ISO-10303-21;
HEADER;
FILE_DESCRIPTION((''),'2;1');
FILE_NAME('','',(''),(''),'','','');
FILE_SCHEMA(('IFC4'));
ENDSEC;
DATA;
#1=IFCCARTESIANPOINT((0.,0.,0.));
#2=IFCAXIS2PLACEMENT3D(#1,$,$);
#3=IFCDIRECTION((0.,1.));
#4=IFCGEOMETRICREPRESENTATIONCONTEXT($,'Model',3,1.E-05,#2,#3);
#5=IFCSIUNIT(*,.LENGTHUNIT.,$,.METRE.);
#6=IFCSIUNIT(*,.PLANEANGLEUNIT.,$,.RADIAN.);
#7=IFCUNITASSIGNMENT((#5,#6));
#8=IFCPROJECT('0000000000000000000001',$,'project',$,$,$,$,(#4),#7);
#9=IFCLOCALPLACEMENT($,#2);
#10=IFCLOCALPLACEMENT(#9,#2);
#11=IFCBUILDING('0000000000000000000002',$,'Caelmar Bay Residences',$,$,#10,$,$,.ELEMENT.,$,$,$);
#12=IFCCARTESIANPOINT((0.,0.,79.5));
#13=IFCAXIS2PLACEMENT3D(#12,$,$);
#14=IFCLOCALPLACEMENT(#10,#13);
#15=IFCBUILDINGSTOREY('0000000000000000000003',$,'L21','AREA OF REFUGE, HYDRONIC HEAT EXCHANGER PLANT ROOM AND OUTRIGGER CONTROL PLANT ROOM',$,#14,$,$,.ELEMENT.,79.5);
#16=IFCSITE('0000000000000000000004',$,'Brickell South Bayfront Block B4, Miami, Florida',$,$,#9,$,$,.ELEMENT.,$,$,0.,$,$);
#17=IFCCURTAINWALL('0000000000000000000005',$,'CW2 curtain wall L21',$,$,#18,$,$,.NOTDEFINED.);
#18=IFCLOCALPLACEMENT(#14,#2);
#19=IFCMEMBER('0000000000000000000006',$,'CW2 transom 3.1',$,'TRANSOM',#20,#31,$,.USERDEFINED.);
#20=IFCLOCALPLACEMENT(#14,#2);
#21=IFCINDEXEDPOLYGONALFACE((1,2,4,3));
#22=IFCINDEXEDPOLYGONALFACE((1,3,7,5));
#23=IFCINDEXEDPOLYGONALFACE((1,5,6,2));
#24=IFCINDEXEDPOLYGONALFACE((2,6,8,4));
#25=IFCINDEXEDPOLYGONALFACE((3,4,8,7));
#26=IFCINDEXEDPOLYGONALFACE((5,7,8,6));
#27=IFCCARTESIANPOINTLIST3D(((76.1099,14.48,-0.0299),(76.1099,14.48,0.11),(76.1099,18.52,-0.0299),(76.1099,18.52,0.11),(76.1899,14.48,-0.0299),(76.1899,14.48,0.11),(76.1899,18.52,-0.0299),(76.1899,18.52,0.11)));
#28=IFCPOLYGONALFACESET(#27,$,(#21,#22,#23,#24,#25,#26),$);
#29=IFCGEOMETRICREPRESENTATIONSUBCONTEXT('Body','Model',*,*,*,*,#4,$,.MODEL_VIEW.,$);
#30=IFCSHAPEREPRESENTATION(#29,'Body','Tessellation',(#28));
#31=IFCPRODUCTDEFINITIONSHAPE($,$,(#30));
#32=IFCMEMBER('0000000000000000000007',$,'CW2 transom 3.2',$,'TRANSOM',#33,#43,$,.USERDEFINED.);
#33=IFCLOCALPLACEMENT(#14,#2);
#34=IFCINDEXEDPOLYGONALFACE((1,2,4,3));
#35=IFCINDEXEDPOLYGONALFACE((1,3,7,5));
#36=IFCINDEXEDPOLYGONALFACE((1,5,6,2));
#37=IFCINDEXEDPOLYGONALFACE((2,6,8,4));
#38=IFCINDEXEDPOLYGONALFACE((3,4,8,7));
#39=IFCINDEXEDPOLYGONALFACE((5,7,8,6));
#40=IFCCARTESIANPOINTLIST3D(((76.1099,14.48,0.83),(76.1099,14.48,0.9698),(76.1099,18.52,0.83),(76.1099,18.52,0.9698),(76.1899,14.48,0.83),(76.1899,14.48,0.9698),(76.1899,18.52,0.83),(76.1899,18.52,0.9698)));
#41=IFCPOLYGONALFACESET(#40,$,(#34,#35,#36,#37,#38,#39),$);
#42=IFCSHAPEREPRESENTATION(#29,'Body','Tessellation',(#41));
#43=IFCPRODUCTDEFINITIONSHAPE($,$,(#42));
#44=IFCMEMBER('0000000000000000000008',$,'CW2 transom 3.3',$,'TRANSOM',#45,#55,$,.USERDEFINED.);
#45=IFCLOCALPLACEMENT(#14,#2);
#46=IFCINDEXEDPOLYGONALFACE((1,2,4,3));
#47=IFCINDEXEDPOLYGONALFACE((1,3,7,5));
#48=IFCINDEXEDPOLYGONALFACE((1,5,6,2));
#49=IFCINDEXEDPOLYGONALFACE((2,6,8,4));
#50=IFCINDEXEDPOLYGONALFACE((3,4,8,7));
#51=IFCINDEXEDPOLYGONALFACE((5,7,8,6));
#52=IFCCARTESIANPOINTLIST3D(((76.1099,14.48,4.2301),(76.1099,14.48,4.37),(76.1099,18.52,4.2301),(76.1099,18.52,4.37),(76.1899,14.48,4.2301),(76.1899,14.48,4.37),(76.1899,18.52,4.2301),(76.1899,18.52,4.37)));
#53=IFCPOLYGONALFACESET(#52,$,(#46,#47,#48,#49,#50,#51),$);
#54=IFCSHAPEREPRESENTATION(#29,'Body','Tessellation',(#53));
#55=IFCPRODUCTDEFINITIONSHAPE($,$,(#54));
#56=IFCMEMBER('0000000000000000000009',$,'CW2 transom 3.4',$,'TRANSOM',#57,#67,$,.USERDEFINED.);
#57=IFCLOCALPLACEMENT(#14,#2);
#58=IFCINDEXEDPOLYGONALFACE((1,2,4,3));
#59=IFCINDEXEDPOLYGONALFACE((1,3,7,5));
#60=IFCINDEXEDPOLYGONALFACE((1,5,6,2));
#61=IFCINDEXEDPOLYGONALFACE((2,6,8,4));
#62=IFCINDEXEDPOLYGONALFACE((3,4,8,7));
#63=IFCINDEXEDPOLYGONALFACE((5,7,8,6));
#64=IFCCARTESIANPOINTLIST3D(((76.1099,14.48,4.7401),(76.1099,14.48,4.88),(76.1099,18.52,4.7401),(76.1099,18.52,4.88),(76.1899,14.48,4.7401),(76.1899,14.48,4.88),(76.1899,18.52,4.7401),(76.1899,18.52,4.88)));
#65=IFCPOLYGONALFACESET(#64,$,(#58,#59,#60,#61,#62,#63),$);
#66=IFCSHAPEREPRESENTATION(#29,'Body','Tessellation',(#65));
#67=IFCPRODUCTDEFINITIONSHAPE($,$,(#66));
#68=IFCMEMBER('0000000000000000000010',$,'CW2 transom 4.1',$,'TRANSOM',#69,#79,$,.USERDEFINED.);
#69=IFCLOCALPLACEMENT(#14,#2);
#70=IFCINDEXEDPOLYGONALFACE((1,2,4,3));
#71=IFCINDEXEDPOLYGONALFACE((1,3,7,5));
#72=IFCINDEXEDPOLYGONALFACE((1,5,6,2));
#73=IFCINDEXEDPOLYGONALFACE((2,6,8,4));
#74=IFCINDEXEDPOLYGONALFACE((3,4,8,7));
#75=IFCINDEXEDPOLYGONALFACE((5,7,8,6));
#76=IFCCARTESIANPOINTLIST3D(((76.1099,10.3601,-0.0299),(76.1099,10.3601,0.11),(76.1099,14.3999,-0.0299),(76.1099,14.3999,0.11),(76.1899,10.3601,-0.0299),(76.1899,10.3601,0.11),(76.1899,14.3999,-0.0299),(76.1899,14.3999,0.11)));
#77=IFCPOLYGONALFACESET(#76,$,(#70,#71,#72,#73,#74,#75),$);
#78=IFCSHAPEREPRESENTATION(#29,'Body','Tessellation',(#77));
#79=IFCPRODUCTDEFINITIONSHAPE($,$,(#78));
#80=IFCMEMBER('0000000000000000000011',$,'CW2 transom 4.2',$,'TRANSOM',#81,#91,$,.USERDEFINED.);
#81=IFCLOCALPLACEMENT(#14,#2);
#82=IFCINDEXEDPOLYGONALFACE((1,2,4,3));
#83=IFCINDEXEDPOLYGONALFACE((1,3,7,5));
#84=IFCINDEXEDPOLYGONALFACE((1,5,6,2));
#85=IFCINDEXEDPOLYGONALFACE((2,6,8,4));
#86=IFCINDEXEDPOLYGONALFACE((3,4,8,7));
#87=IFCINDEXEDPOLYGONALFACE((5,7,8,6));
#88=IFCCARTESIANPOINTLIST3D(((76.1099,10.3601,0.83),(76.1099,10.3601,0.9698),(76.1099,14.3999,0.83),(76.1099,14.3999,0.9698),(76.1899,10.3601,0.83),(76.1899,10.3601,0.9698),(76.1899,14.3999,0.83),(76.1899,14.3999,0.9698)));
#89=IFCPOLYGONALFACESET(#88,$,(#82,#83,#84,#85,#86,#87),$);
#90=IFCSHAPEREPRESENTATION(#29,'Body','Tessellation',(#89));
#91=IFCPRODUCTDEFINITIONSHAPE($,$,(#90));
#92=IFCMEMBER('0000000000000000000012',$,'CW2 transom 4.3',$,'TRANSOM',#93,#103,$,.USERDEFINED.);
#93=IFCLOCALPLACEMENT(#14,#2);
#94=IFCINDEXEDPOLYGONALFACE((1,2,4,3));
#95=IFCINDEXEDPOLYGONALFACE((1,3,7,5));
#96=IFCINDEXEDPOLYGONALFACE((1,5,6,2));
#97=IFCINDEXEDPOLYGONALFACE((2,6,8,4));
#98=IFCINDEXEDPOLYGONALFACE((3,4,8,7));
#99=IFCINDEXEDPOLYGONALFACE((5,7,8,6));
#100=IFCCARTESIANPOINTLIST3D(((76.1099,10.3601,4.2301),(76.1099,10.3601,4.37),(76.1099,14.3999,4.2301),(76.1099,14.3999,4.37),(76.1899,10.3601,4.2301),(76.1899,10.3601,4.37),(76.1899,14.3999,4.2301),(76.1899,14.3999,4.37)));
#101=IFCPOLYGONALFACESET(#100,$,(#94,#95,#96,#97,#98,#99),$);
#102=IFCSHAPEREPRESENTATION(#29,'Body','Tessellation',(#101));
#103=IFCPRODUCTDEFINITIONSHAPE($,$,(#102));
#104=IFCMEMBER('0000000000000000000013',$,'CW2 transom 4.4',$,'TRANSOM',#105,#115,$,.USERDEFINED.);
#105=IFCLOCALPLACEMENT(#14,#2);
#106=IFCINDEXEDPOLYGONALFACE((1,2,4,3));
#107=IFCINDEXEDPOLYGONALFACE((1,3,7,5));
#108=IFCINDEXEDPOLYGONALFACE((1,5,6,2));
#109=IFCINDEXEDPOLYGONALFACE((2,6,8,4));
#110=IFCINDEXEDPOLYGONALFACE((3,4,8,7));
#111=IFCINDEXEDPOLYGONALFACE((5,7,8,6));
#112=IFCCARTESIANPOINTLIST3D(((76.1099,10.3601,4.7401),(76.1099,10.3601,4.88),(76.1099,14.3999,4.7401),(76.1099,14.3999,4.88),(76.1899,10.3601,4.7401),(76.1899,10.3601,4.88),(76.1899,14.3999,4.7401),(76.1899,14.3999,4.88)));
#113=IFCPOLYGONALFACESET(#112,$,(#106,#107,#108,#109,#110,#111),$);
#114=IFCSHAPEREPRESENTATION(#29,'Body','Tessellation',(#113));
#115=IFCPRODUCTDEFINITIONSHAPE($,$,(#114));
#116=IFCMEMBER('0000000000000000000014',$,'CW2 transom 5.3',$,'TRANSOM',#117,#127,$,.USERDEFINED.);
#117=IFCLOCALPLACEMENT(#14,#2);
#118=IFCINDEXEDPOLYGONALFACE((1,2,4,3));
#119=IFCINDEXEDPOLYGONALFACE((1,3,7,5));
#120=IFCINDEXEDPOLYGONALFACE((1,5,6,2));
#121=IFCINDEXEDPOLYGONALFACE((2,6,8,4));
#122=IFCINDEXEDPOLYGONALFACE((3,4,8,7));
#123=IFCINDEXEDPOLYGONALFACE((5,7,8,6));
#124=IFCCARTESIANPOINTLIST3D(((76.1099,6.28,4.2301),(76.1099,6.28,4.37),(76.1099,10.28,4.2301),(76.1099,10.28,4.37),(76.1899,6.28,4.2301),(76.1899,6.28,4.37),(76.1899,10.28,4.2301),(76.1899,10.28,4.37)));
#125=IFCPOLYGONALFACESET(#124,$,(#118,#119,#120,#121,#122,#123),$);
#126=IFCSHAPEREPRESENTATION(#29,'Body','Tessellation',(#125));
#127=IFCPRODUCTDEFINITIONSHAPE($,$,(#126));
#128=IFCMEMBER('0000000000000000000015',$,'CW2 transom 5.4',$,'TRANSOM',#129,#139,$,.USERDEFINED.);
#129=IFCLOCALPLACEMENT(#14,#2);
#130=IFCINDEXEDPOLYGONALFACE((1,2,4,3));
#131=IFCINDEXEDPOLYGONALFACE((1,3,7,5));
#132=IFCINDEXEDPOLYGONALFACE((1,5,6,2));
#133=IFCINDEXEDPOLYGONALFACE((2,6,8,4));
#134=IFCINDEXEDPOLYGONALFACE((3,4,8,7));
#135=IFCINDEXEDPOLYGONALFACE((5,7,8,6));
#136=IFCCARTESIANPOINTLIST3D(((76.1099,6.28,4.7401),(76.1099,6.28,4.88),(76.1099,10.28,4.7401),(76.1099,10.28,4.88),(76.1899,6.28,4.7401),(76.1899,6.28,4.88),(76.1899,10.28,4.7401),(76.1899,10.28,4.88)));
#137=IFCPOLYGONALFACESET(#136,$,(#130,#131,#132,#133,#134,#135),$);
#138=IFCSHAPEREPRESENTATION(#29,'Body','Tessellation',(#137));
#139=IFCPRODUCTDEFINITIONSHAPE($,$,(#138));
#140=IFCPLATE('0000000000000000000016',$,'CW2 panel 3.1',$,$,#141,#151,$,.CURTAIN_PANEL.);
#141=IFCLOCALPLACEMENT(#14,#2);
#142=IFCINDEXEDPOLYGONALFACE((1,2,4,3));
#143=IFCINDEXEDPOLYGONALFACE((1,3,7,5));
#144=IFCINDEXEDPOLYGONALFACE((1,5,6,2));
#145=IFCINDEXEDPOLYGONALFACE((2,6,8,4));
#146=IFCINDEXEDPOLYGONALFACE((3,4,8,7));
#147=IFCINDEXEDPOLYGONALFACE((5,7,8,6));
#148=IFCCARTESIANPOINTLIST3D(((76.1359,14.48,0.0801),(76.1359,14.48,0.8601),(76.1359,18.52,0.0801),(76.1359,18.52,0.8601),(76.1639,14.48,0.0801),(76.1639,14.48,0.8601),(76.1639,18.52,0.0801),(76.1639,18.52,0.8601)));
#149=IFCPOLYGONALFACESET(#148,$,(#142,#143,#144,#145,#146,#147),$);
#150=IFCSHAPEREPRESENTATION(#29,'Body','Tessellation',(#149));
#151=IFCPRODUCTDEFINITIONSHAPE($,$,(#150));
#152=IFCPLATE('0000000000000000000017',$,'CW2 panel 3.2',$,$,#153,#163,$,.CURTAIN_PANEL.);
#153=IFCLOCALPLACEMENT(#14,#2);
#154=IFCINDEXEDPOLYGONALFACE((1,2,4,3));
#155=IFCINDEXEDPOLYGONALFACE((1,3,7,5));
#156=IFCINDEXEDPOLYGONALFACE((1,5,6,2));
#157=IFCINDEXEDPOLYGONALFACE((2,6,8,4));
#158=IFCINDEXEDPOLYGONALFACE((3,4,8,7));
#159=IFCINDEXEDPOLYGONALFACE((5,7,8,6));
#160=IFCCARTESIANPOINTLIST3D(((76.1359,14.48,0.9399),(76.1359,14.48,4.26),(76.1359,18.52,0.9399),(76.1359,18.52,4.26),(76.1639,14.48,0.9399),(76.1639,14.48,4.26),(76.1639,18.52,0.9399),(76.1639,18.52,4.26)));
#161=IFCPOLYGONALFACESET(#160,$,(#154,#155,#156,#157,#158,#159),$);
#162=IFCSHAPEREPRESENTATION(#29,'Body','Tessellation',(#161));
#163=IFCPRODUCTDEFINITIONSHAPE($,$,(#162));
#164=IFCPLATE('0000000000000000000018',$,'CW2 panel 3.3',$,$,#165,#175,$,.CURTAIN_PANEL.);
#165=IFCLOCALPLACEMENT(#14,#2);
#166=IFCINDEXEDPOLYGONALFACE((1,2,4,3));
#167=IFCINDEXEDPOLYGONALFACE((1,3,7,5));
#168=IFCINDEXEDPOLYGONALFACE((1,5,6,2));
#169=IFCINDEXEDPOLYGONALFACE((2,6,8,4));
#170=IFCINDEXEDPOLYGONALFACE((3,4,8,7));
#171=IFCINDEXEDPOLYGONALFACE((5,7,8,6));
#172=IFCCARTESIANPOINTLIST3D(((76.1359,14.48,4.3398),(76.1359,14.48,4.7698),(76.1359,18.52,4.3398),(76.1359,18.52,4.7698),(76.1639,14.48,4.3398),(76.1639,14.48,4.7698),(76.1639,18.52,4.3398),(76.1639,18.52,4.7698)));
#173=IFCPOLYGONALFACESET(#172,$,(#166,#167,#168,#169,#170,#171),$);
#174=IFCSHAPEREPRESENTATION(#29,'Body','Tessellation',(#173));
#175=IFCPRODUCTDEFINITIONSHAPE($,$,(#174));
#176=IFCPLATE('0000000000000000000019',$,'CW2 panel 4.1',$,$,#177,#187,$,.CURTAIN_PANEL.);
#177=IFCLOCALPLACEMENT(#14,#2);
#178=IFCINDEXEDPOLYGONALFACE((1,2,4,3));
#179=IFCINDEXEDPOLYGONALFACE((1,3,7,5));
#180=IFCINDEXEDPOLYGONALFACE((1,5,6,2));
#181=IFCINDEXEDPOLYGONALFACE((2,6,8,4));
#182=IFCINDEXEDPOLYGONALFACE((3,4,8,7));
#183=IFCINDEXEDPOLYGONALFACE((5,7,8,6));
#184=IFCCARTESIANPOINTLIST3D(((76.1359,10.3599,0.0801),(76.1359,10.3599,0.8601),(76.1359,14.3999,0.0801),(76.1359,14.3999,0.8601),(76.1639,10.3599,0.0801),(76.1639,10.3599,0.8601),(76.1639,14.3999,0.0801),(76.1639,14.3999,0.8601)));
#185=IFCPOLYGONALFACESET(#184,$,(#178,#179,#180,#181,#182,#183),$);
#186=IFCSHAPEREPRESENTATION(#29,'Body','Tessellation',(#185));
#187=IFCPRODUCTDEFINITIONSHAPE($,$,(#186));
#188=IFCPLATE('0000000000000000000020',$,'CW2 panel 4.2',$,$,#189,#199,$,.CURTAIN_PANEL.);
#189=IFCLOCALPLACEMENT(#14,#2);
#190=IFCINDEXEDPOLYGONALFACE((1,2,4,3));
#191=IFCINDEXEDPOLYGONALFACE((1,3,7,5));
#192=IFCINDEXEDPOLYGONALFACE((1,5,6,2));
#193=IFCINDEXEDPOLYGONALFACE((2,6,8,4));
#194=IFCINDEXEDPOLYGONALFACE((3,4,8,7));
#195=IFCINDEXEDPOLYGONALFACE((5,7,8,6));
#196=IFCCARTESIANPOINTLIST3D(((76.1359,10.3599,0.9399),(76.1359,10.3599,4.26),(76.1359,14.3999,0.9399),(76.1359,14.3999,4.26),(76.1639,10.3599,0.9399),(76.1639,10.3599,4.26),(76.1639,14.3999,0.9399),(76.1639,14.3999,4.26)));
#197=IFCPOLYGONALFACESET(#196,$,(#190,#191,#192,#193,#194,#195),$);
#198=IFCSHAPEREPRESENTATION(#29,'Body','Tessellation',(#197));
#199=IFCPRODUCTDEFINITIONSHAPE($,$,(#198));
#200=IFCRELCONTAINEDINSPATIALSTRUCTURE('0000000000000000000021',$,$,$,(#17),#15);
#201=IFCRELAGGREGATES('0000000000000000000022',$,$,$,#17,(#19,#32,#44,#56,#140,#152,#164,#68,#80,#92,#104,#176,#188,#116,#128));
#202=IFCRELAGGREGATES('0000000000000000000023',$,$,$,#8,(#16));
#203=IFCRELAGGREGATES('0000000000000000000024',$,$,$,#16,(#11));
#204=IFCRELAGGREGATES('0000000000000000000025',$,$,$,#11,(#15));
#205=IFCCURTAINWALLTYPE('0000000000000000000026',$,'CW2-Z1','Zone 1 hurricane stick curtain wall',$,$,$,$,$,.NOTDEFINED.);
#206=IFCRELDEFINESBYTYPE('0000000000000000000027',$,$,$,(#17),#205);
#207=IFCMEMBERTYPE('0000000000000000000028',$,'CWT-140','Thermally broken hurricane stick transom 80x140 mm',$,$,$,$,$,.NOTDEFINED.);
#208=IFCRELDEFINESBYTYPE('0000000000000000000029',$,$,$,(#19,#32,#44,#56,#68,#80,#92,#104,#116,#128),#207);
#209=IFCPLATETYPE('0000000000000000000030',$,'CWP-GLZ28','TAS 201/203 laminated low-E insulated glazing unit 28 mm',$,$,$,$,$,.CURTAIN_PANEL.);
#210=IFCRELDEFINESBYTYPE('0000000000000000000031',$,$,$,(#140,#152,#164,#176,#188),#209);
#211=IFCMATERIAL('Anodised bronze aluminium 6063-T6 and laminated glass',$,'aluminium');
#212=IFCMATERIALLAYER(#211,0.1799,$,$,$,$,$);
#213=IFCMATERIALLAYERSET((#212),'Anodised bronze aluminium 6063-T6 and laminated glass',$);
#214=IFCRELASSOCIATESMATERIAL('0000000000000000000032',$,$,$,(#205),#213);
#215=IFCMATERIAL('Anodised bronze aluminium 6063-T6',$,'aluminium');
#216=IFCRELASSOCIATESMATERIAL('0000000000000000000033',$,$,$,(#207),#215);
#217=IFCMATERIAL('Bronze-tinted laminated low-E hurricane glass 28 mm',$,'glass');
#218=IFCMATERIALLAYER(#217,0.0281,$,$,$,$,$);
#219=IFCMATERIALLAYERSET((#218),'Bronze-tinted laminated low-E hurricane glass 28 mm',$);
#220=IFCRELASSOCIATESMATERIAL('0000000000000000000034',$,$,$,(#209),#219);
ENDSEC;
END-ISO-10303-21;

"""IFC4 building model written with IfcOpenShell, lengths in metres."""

from ifc_helpers import new_model, si_unit, direction, frame, origin, origin_2d, place, context, subcontext, project, spatial, rectangle, extrude, material, layer, layer_set, material_profile, profile_set, type_object, element, aggregate, save


model = new_model("IFC4")

# Units and contexts
model_context = context("Model", 3, precision=1e-05, world=origin(), true_north=direction((0.0, 1.0)))
body_context = subcontext(model_context, "Body", "Model", "MODEL_VIEW")
ifc_project = project(units=[si_unit("LENGTHUNIT", "METRE"), si_unit("PLANEANGLEUNIT", "RADIAN")], contexts=[model_context])

# Site, building, storey
site_placement = place(None, origin())
site = spatial("IfcSite", under=ifc_project, at=site_placement, Name="Brickell South Bayfront Block B4, Miami, Florida", CompositionType="ELEMENT", RefElevation=0.0)
building_placement = place(site_placement, origin())
building = spatial("IfcBuilding", under=site, at=building_placement, Name="Caelmar Bay Residences", CompositionType="ELEMENT")
storey_placement = place(building_placement, frame((0.0, 0.0, 79.5)))
storey = spatial("IfcBuildingStorey", under=building, at=storey_placement, Name="L21", Description="AREA OF REFUGE, HYDRONIC HEAT EXCHANGER PLANT ROOM AND OUTRIGGER CONTROL PLANT ROOM", CompositionType="ELEMENT", Elevation=79.5)

# Curtain wall, members, plates
ifc_material_1 = material(Name="Anodised bronze aluminium 6063-T6 and laminated glass", Category="aluminium")
ifc_layer_1 = layer(ifc_material_1, 0.1799)
ifc_layer_set_1 = layer_set([ifc_layer_1], Name="Anodised bronze aluminium 6063-T6 and laminated glass")
curtain_wall_type = type_object("IfcCurtainWallType", Name="CW2-Z1", Description="Zone 1 hurricane stick curtain wall", PredefinedType="NOTDEFINED", material=ifc_layer_set_1)
curtain_wall_placement = place(storey_placement, origin())
curtain_wall = element("IfcCurtainWall", 1, at=curtain_wall_placement, inside=storey, type_object=curtain_wall_type, Name="CW2 curtain wall L21", PredefinedType="NOTDEFINED")
ifc_material_2 = material(Name="Anodised bronze aluminium 6063-T6", Category="aluminium")
ifc_material_profile_1 = material_profile(ifc_material_2, rectangle(XDim=0.0801, YDim=0.1399, at=origin_2d()), Name="CWT-80X140")
ifc_profile_set_1 = profile_set([ifc_material_profile_1], Name="Anodised bronze aluminium 6063-T6")
member_type_1 = type_object("IfcMemberType", Name="CWT-140", Description="Thermally broken hurricane stick transom 80x140 mm", PredefinedType="NOTDEFINED", material=ifc_profile_set_1)
member_1_placement = place(storey_placement, frame((76.1499, 18.52, 0.04), z_axis=(0.0, -1.0, 0.0), x_axis=(1.0, 0.0, 0.0)))
member_1 = element("IfcMember", 2, at=member_1_placement, type_object=member_type_1, Name="CW2 transom 3.1", ObjectType="TRANSOM", PredefinedType="USERDEFINED", context=body_context, shape_type="SweptSolid", body=[
    extrude(rectangle(XDim=0.0801, YDim=0.1399, at=origin_2d()), origin(), (0.0, 0.0, 1.0), 4.04),
])
member_2_placement = place(storey_placement, frame((76.1499, 18.52, 0.8999), z_axis=(0.0, -1.0, 0.0), x_axis=(1.0, 0.0, 0.0)))
member_2 = element("IfcMember", 3, at=member_2_placement, type_object=member_type_1, Name="CW2 transom 3.2", ObjectType="TRANSOM", PredefinedType="USERDEFINED", context=body_context, shape_type="SweptSolid", body=[
    extrude(rectangle(XDim=0.0801, YDim=0.1399, at=origin_2d()), origin(), (0.0, 0.0, 1.0), 4.04),
])
member_3_placement = place(storey_placement, frame((76.1499, 18.52, 4.3), z_axis=(0.0, -1.0, 0.0), x_axis=(1.0, 0.0, 0.0)))
member_3 = element("IfcMember", 4, at=member_3_placement, type_object=member_type_1, Name="CW2 transom 3.3", ObjectType="TRANSOM", PredefinedType="USERDEFINED", context=body_context, shape_type="SweptSolid", body=[
    extrude(rectangle(XDim=0.0801, YDim=0.1399, at=origin_2d()), origin(), (0.0, 0.0, 1.0), 4.04),
])
member_4_placement = place(storey_placement, frame((76.1499, 18.52, 4.8101), z_axis=(0.0, -1.0, 0.0), x_axis=(1.0, 0.0, 0.0)))
member_4 = element("IfcMember", 5, at=member_4_placement, type_object=member_type_1, Name="CW2 transom 3.4", ObjectType="TRANSOM", PredefinedType="USERDEFINED", context=body_context, shape_type="SweptSolid", body=[
    extrude(rectangle(XDim=0.0801, YDim=0.1399, at=origin_2d()), origin(), (0.0, 0.0, 1.0), 4.04),
])
member_5_placement = place(storey_placement, frame((76.1499, 14.3999, 0.04), z_axis=(0.0, -1.0, 0.0), x_axis=(1.0, 0.0, 0.0)))
member_5 = element("IfcMember", 6, at=member_5_placement, type_object=member_type_1, Name="CW2 transom 4.1", ObjectType="TRANSOM", PredefinedType="USERDEFINED", context=body_context, shape_type="SweptSolid", body=[
    extrude(rectangle(XDim=0.0801, YDim=0.1399, at=origin_2d()), origin(), (0.0, 0.0, 1.0), 4.0398),
])
member_6_placement = place(storey_placement, frame((76.1499, 14.3999, 0.8999), z_axis=(0.0, -1.0, 0.0), x_axis=(1.0, 0.0, 0.0)))
member_6 = element("IfcMember", 7, at=member_6_placement, type_object=member_type_1, Name="CW2 transom 4.2", ObjectType="TRANSOM", PredefinedType="USERDEFINED", context=body_context, shape_type="SweptSolid", body=[
    extrude(rectangle(XDim=0.0801, YDim=0.1399, at=origin_2d()), origin(), (0.0, 0.0, 1.0), 4.0398),
])
member_7_placement = place(storey_placement, frame((76.1499, 14.3999, 4.3), z_axis=(0.0, -1.0, 0.0), x_axis=(1.0, 0.0, 0.0)))
member_7 = element("IfcMember", 8, at=member_7_placement, type_object=member_type_1, Name="CW2 transom 4.3", ObjectType="TRANSOM", PredefinedType="USERDEFINED", context=body_context, shape_type="SweptSolid", body=[
    extrude(rectangle(XDim=0.0801, YDim=0.1399, at=origin_2d()), origin(), (0.0, 0.0, 1.0), 4.0398),
])
member_8_placement = place(storey_placement, frame((76.1499, 14.3999, 4.8101), z_axis=(0.0, -1.0, 0.0), x_axis=(1.0, 0.0, 0.0)))
member_8 = element("IfcMember", 9, at=member_8_placement, type_object=member_type_1, Name="CW2 transom 4.4", ObjectType="TRANSOM", PredefinedType="USERDEFINED", context=body_context, shape_type="SweptSolid", body=[
    extrude(rectangle(XDim=0.0801, YDim=0.1399, at=origin_2d()), origin(), (0.0, 0.0, 1.0), 4.0398),
])
member_9_placement = place(storey_placement, frame((76.1499, 10.28, 4.3), z_axis=(0.0, -1.0, 0.0), x_axis=(1.0, 0.0, 0.0)))
member_9 = element("IfcMember", 10, at=member_9_placement, type_object=member_type_1, Name="CW2 transom 5.3", ObjectType="TRANSOM", PredefinedType="USERDEFINED", context=body_context, shape_type="SweptSolid", body=[
    extrude(rectangle(XDim=0.0801, YDim=0.1399, at=origin_2d()), origin(), (0.0, 0.0, 1.0), 4.0),
])
member_10_placement = place(storey_placement, frame((76.1499, 10.28, 4.8101), z_axis=(0.0, -1.0, 0.0), x_axis=(1.0, 0.0, 0.0)))
member_10 = element("IfcMember", 11, at=member_10_placement, type_object=member_type_1, Name="CW2 transom 5.4", ObjectType="TRANSOM", PredefinedType="USERDEFINED", context=body_context, shape_type="SweptSolid", body=[
    extrude(rectangle(XDim=0.0801, YDim=0.1399, at=origin_2d()), origin(), (0.0, 0.0, 1.0), 4.0),
])
ifc_material_3 = material(Name="Bronze-tinted laminated low-E hurricane glass 28 mm", Category="glass")
ifc_layer_2 = layer(ifc_material_3, 0.0281)
ifc_layer_set_2 = layer_set([ifc_layer_2], Name="Bronze-tinted laminated low-E hurricane glass 28 mm")
plate_type = type_object("IfcPlateType", Name="CWP-GLZ28", Description="TAS 201/203 laminated low-E insulated glazing unit 28 mm", PredefinedType="CURTAIN_PANEL", material=ifc_layer_set_2)
plate_1_placement = place(storey_placement, frame((76.1499, 16.5, 0.0801), z_axis=(0.0, 0.0, 1.0), x_axis=(0.0, -1.0, 0.0)))
plate_1 = element("IfcPlate", 12, at=plate_1_placement, type_object=plate_type, Name="CW2 panel 3.1", PredefinedType="CURTAIN_PANEL", context=body_context, shape_type="SweptSolid", body=[
    extrude(rectangle(XDim=4.04, YDim=0.0281, at=origin_2d()), origin(), (0.0, 0.0, 1.0), 0.78),
])
plate_2_placement = place(storey_placement, frame((76.1499, 16.5, 0.9399), z_axis=(0.0, 0.0, 1.0), x_axis=(0.0, -1.0, 0.0)))
plate_2 = element("IfcPlate", 13, at=plate_2_placement, type_object=plate_type, Name="CW2 panel 3.2", PredefinedType="CURTAIN_PANEL", context=body_context, shape_type="SweptSolid", body=[
    extrude(rectangle(XDim=4.04, YDim=0.0281, at=origin_2d()), origin(), (0.0, 0.0, 1.0), 3.3201),
])
plate_3_placement = place(storey_placement, frame((76.1499, 16.5, 4.3398), z_axis=(0.0, 0.0, 1.0), x_axis=(0.0, -1.0, 0.0)))
plate_3 = element("IfcPlate", 14, at=plate_3_placement, type_object=plate_type, Name="CW2 panel 3.3", PredefinedType="CURTAIN_PANEL", context=body_context, shape_type="SweptSolid", body=[
    extrude(rectangle(XDim=4.04, YDim=0.0281, at=origin_2d()), origin(), (0.0, 0.0, 1.0), 0.4299),
])
plate_4_placement = place(storey_placement, frame((76.1499, 12.3799, 0.0801), z_axis=(0.0, 0.0, 1.0), x_axis=(0.0, -1.0, 0.0)))
plate_4 = element("IfcPlate", 15, at=plate_4_placement, type_object=plate_type, Name="CW2 panel 4.1", PredefinedType="CURTAIN_PANEL", context=body_context, shape_type="SweptSolid", body=[
    extrude(rectangle(XDim=4.04, YDim=0.0281, at=origin_2d()), origin(), (0.0, 0.0, 1.0), 0.78),
])
plate_5_placement = place(storey_placement, frame((76.1499, 12.3799, 0.9399), z_axis=(0.0, 0.0, 1.0), x_axis=(0.0, -1.0, 0.0)))
plate_5 = element("IfcPlate", 16, at=plate_5_placement, type_object=plate_type, Name="CW2 panel 4.2", PredefinedType="CURTAIN_PANEL", context=body_context, shape_type="SweptSolid", body=[
    extrude(rectangle(XDim=4.04, YDim=0.0281, at=origin_2d()), origin(), (0.0, 0.0, 1.0), 3.3201),
])
aggregate(curtain_wall, [member_1, member_2, member_3, member_4, plate_1, plate_2, plate_3, member_5, member_6, member_7, member_8, plate_4, plate_5, member_9, member_10])

save(model, "model.ifc")
